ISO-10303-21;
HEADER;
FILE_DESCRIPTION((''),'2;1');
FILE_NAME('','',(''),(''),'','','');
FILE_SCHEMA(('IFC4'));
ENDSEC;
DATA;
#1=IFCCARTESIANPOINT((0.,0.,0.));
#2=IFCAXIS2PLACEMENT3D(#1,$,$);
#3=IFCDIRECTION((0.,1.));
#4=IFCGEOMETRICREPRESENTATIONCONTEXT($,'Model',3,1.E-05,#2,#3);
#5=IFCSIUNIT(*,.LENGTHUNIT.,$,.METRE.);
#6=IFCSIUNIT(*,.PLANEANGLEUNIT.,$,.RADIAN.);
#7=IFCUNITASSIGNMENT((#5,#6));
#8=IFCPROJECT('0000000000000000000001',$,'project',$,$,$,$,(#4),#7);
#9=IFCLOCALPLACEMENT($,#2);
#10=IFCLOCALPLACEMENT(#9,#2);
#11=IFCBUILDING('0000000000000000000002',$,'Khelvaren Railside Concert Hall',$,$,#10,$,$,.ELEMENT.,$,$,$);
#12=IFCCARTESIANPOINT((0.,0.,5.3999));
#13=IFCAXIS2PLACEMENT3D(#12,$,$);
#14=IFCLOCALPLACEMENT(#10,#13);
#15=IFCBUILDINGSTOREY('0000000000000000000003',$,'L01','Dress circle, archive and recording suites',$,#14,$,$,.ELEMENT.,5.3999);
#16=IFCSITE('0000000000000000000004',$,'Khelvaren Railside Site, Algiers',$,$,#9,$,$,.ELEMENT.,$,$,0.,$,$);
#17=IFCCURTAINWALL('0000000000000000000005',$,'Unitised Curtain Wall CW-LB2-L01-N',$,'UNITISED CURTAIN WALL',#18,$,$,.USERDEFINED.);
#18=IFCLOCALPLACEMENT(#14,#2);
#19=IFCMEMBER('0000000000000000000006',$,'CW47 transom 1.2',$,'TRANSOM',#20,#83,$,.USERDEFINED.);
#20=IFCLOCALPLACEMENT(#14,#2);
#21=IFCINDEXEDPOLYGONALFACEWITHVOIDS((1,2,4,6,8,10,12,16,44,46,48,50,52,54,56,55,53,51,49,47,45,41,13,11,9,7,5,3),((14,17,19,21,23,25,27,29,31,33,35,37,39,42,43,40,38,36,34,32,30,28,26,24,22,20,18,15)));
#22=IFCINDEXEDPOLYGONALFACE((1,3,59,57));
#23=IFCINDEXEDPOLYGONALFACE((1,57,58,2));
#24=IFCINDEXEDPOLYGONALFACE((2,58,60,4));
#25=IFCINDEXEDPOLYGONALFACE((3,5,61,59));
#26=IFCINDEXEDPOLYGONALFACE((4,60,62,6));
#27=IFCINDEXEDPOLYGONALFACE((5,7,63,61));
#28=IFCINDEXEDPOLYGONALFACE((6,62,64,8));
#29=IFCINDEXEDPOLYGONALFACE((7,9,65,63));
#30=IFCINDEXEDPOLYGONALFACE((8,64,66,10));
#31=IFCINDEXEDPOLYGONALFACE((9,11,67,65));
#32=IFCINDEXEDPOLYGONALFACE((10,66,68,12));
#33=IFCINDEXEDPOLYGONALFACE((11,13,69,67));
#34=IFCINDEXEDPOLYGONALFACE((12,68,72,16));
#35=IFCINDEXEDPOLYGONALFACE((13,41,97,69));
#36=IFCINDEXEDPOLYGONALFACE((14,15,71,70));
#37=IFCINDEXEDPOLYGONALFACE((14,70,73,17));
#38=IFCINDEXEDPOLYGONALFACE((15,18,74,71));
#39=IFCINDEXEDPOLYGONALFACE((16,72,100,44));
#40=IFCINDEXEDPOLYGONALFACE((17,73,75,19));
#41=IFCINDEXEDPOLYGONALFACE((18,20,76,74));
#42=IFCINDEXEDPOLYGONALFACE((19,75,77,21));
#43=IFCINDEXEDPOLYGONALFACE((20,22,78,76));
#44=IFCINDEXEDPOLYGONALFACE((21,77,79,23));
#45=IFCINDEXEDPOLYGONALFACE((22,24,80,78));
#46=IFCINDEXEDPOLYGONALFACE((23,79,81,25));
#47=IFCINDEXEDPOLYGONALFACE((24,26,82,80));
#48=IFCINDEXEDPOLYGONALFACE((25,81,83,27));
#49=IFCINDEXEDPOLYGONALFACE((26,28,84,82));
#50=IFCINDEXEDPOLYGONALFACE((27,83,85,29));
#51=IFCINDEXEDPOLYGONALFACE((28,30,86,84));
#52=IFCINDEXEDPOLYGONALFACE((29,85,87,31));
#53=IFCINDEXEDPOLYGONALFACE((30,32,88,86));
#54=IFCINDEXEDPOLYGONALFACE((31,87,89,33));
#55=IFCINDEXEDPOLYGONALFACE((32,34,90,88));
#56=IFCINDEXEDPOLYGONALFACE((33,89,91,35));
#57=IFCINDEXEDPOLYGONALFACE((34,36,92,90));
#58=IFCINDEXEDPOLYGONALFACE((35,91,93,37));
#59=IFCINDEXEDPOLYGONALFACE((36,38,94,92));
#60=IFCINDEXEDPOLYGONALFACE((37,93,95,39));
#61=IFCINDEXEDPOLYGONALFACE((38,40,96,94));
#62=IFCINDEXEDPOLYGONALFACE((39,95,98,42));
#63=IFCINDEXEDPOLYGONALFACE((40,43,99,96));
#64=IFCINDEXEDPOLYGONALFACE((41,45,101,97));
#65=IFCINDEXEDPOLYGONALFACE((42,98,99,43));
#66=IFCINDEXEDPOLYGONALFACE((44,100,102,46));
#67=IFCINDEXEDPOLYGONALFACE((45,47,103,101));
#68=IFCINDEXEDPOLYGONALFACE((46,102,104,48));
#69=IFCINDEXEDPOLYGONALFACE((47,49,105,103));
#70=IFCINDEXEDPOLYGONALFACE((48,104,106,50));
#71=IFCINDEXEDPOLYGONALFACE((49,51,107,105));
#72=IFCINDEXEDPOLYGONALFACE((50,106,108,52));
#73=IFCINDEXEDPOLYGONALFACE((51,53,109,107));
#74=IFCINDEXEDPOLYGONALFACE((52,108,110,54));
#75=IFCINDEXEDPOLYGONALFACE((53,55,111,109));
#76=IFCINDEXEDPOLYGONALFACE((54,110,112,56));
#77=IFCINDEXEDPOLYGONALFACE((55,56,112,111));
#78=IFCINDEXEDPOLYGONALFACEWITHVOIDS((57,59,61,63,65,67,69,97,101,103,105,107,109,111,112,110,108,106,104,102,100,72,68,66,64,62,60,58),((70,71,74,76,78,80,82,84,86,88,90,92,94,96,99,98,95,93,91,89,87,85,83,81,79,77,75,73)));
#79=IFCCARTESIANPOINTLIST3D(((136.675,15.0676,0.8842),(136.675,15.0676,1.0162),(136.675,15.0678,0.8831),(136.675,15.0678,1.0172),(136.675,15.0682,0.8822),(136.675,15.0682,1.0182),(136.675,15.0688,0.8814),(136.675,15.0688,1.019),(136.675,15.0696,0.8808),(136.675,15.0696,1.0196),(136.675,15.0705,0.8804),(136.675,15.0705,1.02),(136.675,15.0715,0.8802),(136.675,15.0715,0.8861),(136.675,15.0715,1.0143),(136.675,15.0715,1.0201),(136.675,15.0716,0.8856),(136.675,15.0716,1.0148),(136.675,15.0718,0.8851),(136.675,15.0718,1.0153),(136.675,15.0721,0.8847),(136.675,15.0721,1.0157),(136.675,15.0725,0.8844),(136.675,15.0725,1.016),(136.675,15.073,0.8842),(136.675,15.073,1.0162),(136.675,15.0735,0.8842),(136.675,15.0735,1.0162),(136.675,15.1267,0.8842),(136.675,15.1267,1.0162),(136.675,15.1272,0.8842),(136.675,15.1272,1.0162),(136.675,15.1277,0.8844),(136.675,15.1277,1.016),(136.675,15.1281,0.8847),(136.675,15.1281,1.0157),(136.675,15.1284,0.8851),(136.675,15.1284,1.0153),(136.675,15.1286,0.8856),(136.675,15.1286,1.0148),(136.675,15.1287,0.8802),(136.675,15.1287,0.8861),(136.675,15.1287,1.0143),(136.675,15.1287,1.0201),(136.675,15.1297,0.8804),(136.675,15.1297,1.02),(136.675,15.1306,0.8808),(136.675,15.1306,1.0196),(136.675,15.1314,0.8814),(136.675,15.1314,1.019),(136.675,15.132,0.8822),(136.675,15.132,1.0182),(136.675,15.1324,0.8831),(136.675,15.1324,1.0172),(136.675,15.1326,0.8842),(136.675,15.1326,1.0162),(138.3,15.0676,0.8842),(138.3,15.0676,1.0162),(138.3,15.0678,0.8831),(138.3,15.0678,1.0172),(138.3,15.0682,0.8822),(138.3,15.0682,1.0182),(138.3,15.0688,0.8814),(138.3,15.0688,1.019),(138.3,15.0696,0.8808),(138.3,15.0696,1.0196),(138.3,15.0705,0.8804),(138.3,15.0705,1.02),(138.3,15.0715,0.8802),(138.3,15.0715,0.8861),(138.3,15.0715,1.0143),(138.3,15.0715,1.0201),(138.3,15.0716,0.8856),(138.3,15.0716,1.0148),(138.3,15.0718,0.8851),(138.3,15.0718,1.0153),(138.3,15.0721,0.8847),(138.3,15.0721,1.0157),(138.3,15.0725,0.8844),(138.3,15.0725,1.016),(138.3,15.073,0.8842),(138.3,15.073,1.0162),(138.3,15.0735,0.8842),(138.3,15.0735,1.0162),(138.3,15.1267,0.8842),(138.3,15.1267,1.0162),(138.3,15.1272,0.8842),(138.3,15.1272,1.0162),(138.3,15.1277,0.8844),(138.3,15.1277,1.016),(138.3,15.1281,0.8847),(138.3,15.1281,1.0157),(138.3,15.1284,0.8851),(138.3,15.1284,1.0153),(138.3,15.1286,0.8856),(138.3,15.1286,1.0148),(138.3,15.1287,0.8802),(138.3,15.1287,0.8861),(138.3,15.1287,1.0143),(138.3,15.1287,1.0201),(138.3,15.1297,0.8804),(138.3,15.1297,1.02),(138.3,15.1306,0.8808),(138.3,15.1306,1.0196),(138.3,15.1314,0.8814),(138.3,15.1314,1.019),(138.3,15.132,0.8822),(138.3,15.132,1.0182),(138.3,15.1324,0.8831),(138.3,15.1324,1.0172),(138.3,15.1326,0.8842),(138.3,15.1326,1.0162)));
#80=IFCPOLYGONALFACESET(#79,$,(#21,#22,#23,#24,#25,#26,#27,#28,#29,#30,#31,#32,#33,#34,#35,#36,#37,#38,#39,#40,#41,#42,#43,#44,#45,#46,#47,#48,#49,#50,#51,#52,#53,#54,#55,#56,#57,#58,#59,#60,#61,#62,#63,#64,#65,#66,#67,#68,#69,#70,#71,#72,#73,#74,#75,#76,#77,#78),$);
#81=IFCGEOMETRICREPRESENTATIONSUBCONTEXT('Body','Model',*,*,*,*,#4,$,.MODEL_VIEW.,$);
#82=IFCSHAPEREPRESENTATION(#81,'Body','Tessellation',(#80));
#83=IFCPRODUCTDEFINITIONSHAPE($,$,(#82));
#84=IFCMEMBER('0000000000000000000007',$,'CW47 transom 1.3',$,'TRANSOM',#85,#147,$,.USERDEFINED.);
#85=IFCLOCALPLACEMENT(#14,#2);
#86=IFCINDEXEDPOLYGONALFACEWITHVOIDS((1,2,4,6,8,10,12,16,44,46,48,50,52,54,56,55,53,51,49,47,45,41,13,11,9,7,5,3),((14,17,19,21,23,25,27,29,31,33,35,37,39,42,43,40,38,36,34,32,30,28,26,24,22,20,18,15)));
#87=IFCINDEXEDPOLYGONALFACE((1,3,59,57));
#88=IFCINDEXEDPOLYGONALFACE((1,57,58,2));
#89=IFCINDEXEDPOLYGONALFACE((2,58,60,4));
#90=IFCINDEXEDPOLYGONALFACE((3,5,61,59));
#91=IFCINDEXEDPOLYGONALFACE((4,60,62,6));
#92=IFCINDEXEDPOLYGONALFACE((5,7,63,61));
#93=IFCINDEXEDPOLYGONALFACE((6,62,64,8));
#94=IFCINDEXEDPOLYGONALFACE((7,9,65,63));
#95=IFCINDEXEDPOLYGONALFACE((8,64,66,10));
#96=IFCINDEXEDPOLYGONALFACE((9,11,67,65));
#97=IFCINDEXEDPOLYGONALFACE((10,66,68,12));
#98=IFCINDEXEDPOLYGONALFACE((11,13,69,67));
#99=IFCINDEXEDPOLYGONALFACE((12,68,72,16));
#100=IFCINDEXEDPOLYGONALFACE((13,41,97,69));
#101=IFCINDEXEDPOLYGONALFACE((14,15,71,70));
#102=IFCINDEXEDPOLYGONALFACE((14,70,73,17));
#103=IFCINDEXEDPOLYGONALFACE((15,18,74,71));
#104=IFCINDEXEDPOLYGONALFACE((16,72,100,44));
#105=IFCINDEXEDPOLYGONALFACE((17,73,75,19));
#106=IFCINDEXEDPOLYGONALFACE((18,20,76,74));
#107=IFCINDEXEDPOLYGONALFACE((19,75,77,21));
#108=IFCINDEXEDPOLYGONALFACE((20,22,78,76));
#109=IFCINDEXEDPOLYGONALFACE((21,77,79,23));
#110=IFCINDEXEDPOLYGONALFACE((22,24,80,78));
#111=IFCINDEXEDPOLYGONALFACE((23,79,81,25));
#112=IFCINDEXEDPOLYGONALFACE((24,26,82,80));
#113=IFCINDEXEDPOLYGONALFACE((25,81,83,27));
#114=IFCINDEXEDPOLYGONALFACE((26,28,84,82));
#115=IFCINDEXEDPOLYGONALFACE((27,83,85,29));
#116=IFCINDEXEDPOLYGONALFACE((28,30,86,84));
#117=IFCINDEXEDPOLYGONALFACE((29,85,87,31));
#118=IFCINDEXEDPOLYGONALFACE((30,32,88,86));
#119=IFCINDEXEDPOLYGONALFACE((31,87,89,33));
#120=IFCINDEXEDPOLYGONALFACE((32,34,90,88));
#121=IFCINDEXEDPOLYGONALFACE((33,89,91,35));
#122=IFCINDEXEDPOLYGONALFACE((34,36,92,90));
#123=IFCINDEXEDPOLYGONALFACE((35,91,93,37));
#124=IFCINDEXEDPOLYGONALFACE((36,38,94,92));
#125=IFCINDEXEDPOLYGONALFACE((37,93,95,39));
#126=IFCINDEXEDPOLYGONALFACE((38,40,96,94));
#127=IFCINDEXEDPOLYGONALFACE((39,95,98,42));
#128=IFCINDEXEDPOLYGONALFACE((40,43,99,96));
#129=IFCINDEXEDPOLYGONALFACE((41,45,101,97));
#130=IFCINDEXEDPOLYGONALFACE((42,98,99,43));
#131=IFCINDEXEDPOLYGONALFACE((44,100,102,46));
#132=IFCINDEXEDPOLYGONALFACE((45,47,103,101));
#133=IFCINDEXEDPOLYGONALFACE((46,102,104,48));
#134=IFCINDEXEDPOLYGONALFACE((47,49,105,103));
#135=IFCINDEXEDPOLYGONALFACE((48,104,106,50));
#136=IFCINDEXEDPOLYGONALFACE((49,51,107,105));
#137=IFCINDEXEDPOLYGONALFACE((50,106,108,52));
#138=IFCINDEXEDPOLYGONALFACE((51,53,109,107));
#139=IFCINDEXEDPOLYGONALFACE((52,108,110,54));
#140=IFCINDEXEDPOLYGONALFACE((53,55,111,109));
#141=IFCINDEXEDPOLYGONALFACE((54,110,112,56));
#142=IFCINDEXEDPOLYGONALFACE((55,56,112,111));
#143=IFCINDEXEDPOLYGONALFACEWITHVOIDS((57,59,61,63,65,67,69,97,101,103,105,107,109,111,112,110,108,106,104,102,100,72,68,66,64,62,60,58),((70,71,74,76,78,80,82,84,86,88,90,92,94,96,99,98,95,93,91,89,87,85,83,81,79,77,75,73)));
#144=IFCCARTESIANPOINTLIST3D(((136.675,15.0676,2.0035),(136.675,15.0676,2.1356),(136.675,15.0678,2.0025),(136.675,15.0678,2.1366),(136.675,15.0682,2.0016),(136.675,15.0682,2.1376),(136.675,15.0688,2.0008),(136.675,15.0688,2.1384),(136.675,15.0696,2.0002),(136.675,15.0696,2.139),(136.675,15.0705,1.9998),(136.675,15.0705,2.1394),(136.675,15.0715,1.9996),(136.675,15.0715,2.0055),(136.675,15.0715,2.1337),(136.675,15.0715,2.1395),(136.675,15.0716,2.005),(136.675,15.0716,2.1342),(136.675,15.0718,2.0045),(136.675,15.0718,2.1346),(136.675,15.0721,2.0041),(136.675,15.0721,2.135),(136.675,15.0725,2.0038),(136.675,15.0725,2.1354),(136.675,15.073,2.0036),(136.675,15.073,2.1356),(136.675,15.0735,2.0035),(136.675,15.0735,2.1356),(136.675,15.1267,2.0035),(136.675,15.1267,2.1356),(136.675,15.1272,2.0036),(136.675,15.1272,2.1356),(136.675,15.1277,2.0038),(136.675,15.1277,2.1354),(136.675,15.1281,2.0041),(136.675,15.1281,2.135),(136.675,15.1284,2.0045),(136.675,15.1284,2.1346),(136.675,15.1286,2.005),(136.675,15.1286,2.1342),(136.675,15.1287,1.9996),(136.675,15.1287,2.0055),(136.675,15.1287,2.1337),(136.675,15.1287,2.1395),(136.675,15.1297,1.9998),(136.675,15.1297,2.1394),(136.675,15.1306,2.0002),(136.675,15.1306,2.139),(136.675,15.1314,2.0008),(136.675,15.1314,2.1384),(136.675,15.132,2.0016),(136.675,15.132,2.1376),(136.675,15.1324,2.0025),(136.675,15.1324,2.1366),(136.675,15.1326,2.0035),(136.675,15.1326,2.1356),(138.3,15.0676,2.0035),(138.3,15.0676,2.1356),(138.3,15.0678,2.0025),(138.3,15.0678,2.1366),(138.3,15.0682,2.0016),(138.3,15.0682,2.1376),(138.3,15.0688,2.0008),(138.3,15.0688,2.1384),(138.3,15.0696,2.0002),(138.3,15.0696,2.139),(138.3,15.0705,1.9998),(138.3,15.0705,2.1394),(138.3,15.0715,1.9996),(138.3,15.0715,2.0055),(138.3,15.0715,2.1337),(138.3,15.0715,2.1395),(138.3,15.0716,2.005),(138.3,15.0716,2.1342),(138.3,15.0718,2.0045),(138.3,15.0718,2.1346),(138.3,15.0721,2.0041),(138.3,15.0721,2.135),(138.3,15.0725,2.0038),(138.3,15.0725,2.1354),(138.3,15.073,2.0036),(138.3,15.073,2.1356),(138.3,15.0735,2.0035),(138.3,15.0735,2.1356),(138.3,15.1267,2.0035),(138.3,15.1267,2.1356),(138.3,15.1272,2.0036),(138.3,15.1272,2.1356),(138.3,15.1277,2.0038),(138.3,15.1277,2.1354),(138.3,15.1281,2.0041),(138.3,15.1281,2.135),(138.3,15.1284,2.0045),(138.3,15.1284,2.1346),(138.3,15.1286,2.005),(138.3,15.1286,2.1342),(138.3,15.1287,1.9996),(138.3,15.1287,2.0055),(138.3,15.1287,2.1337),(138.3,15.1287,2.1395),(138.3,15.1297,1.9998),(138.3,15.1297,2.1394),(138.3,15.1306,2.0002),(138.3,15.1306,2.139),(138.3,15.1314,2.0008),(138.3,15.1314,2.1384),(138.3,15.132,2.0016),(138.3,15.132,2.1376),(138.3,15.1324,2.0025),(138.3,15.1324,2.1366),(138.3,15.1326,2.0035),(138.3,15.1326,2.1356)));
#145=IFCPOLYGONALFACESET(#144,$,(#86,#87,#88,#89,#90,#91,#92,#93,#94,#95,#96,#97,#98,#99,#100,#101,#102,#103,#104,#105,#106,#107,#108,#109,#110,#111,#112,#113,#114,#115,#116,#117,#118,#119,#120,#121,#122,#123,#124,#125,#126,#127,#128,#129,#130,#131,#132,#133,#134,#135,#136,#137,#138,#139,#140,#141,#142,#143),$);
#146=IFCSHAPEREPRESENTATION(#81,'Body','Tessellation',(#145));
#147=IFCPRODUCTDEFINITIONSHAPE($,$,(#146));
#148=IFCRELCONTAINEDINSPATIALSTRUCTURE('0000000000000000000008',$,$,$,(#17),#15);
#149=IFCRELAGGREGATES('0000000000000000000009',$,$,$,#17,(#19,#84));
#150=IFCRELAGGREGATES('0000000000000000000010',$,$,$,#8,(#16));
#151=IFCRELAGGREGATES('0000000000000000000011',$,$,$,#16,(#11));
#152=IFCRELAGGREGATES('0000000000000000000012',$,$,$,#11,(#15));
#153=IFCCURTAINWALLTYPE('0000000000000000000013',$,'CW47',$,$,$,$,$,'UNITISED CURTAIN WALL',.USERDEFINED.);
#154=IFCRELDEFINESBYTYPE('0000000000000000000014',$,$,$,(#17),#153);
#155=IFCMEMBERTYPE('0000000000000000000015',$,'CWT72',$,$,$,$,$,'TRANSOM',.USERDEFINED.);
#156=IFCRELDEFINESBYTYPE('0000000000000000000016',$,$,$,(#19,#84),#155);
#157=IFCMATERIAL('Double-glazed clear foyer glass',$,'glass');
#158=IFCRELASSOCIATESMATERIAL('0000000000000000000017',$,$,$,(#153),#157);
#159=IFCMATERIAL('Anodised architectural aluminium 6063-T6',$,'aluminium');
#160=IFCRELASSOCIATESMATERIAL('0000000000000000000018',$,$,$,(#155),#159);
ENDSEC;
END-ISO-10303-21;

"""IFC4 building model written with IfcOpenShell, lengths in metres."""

from ifc_helpers import new_model, si_unit, direction, frame, origin, origin_2d, place, context, subcontext, project, spatial, hollow_rectangle, extrude, material, material_profile, profile_set, type_object, element, aggregate, save


model = new_model("IFC4")

# Units and contexts
model_context = context("Model", 3, precision=1e-05, world=origin(), true_north=direction((0.0, 1.0)))
body_context = subcontext(model_context, "Body", "Model", "MODEL_VIEW")
ifc_project = project(units=[si_unit("LENGTHUNIT", "METRE"), si_unit("PLANEANGLEUNIT", "RADIAN")], contexts=[model_context])

# Site, building, storey
site_placement = place(None, origin())
site = spatial("IfcSite", under=ifc_project, at=site_placement, Name="Khelvaren Railside Site, Algiers", CompositionType="ELEMENT", RefElevation=0.0)
building_placement = place(site_placement, origin())
building = spatial("IfcBuilding", under=site, at=building_placement, Name="Khelvaren Railside Concert Hall", CompositionType="ELEMENT")
storey_placement = place(building_placement, frame((0.0, 0.0, 5.3999)))
storey = spatial("IfcBuildingStorey", under=building, at=storey_placement, Name="L01", Description="Dress circle, archive and recording suites", CompositionType="ELEMENT", Elevation=5.3999)

# Curtain wall
ifc_material_1 = material(Name="Double-glazed clear foyer glass", Category="glass")
curtain_wall_type_1 = type_object("IfcCurtainWallType", Name="CW47", ElementType="UNITISED CURTAIN WALL", PredefinedType="USERDEFINED", material=ifc_material_1)
curtain_wall_1_placement = place(storey_placement, origin())
curtain_wall_1 = element("IfcCurtainWall", 1, at=curtain_wall_1_placement, inside=storey, type_object=curtain_wall_type_1, Name="Unitised Curtain Wall CW-LB2-L01-N", ObjectType="UNITISED CURTAIN WALL", PredefinedType="USERDEFINED")
ifc_material_2 = material(Name="Anodised architectural aluminium 6063-T6", Category="aluminium")

# Members
ifc_material_profile_1 = material_profile(ifc_material_2, hollow_rectangle(XDim=0.0649, YDim=0.1399, WallThickness=0.0039, InnerFilletRadius=0.002, OuterFilletRadius=0.0039, at=origin_2d()), Name="CWT 65x140x4")
ifc_profile_set_1 = profile_set([ifc_material_profile_1], Name="Anodised architectural aluminium 6063-T6")
member_type_1 = type_object("IfcMemberType", Name="CWT72", ElementType="TRANSOM", PredefinedType="USERDEFINED", material=ifc_profile_set_1)
member_1_placement = place(storey_placement, frame((136.675, 15.1001, 0.9502), z_axis=(1.0, 0.0, 0.0), x_axis=(0.0, 1.0, 0.0)))
member_1 = element("IfcMember", 2, at=member_1_placement, type_object=member_type_1, Name="CW47 transom 1.2", ObjectType="TRANSOM", PredefinedType="USERDEFINED", context=body_context, shape_type="SweptSolid", body=[
    extrude(hollow_rectangle(XDim=0.0649, YDim=0.1399, WallThickness=0.0039, InnerFilletRadius=0.002, OuterFilletRadius=0.0039, at=origin_2d()), origin(), (0.0, 0.0, 1.0), 1.625),
])
member_2_placement = place(storey_placement, frame((136.675, 15.1001, 2.0696), z_axis=(1.0, 0.0, 0.0), x_axis=(0.0, 1.0, 0.0)))
member_2 = element("IfcMember", 3, at=member_2_placement, type_object=member_type_1, Name="CW47 transom 1.3", ObjectType="TRANSOM", PredefinedType="USERDEFINED", context=body_context, shape_type="SweptSolid", body=[
    extrude(hollow_rectangle(XDim=0.0649, YDim=0.1399, WallThickness=0.0039, InnerFilletRadius=0.002, OuterFilletRadius=0.0039, at=origin_2d()), origin(), (0.0, 0.0, 1.0), 1.625),
])

aggregate(curtain_wall_1, [member_1, member_2])

save(model, "model.ifc")
